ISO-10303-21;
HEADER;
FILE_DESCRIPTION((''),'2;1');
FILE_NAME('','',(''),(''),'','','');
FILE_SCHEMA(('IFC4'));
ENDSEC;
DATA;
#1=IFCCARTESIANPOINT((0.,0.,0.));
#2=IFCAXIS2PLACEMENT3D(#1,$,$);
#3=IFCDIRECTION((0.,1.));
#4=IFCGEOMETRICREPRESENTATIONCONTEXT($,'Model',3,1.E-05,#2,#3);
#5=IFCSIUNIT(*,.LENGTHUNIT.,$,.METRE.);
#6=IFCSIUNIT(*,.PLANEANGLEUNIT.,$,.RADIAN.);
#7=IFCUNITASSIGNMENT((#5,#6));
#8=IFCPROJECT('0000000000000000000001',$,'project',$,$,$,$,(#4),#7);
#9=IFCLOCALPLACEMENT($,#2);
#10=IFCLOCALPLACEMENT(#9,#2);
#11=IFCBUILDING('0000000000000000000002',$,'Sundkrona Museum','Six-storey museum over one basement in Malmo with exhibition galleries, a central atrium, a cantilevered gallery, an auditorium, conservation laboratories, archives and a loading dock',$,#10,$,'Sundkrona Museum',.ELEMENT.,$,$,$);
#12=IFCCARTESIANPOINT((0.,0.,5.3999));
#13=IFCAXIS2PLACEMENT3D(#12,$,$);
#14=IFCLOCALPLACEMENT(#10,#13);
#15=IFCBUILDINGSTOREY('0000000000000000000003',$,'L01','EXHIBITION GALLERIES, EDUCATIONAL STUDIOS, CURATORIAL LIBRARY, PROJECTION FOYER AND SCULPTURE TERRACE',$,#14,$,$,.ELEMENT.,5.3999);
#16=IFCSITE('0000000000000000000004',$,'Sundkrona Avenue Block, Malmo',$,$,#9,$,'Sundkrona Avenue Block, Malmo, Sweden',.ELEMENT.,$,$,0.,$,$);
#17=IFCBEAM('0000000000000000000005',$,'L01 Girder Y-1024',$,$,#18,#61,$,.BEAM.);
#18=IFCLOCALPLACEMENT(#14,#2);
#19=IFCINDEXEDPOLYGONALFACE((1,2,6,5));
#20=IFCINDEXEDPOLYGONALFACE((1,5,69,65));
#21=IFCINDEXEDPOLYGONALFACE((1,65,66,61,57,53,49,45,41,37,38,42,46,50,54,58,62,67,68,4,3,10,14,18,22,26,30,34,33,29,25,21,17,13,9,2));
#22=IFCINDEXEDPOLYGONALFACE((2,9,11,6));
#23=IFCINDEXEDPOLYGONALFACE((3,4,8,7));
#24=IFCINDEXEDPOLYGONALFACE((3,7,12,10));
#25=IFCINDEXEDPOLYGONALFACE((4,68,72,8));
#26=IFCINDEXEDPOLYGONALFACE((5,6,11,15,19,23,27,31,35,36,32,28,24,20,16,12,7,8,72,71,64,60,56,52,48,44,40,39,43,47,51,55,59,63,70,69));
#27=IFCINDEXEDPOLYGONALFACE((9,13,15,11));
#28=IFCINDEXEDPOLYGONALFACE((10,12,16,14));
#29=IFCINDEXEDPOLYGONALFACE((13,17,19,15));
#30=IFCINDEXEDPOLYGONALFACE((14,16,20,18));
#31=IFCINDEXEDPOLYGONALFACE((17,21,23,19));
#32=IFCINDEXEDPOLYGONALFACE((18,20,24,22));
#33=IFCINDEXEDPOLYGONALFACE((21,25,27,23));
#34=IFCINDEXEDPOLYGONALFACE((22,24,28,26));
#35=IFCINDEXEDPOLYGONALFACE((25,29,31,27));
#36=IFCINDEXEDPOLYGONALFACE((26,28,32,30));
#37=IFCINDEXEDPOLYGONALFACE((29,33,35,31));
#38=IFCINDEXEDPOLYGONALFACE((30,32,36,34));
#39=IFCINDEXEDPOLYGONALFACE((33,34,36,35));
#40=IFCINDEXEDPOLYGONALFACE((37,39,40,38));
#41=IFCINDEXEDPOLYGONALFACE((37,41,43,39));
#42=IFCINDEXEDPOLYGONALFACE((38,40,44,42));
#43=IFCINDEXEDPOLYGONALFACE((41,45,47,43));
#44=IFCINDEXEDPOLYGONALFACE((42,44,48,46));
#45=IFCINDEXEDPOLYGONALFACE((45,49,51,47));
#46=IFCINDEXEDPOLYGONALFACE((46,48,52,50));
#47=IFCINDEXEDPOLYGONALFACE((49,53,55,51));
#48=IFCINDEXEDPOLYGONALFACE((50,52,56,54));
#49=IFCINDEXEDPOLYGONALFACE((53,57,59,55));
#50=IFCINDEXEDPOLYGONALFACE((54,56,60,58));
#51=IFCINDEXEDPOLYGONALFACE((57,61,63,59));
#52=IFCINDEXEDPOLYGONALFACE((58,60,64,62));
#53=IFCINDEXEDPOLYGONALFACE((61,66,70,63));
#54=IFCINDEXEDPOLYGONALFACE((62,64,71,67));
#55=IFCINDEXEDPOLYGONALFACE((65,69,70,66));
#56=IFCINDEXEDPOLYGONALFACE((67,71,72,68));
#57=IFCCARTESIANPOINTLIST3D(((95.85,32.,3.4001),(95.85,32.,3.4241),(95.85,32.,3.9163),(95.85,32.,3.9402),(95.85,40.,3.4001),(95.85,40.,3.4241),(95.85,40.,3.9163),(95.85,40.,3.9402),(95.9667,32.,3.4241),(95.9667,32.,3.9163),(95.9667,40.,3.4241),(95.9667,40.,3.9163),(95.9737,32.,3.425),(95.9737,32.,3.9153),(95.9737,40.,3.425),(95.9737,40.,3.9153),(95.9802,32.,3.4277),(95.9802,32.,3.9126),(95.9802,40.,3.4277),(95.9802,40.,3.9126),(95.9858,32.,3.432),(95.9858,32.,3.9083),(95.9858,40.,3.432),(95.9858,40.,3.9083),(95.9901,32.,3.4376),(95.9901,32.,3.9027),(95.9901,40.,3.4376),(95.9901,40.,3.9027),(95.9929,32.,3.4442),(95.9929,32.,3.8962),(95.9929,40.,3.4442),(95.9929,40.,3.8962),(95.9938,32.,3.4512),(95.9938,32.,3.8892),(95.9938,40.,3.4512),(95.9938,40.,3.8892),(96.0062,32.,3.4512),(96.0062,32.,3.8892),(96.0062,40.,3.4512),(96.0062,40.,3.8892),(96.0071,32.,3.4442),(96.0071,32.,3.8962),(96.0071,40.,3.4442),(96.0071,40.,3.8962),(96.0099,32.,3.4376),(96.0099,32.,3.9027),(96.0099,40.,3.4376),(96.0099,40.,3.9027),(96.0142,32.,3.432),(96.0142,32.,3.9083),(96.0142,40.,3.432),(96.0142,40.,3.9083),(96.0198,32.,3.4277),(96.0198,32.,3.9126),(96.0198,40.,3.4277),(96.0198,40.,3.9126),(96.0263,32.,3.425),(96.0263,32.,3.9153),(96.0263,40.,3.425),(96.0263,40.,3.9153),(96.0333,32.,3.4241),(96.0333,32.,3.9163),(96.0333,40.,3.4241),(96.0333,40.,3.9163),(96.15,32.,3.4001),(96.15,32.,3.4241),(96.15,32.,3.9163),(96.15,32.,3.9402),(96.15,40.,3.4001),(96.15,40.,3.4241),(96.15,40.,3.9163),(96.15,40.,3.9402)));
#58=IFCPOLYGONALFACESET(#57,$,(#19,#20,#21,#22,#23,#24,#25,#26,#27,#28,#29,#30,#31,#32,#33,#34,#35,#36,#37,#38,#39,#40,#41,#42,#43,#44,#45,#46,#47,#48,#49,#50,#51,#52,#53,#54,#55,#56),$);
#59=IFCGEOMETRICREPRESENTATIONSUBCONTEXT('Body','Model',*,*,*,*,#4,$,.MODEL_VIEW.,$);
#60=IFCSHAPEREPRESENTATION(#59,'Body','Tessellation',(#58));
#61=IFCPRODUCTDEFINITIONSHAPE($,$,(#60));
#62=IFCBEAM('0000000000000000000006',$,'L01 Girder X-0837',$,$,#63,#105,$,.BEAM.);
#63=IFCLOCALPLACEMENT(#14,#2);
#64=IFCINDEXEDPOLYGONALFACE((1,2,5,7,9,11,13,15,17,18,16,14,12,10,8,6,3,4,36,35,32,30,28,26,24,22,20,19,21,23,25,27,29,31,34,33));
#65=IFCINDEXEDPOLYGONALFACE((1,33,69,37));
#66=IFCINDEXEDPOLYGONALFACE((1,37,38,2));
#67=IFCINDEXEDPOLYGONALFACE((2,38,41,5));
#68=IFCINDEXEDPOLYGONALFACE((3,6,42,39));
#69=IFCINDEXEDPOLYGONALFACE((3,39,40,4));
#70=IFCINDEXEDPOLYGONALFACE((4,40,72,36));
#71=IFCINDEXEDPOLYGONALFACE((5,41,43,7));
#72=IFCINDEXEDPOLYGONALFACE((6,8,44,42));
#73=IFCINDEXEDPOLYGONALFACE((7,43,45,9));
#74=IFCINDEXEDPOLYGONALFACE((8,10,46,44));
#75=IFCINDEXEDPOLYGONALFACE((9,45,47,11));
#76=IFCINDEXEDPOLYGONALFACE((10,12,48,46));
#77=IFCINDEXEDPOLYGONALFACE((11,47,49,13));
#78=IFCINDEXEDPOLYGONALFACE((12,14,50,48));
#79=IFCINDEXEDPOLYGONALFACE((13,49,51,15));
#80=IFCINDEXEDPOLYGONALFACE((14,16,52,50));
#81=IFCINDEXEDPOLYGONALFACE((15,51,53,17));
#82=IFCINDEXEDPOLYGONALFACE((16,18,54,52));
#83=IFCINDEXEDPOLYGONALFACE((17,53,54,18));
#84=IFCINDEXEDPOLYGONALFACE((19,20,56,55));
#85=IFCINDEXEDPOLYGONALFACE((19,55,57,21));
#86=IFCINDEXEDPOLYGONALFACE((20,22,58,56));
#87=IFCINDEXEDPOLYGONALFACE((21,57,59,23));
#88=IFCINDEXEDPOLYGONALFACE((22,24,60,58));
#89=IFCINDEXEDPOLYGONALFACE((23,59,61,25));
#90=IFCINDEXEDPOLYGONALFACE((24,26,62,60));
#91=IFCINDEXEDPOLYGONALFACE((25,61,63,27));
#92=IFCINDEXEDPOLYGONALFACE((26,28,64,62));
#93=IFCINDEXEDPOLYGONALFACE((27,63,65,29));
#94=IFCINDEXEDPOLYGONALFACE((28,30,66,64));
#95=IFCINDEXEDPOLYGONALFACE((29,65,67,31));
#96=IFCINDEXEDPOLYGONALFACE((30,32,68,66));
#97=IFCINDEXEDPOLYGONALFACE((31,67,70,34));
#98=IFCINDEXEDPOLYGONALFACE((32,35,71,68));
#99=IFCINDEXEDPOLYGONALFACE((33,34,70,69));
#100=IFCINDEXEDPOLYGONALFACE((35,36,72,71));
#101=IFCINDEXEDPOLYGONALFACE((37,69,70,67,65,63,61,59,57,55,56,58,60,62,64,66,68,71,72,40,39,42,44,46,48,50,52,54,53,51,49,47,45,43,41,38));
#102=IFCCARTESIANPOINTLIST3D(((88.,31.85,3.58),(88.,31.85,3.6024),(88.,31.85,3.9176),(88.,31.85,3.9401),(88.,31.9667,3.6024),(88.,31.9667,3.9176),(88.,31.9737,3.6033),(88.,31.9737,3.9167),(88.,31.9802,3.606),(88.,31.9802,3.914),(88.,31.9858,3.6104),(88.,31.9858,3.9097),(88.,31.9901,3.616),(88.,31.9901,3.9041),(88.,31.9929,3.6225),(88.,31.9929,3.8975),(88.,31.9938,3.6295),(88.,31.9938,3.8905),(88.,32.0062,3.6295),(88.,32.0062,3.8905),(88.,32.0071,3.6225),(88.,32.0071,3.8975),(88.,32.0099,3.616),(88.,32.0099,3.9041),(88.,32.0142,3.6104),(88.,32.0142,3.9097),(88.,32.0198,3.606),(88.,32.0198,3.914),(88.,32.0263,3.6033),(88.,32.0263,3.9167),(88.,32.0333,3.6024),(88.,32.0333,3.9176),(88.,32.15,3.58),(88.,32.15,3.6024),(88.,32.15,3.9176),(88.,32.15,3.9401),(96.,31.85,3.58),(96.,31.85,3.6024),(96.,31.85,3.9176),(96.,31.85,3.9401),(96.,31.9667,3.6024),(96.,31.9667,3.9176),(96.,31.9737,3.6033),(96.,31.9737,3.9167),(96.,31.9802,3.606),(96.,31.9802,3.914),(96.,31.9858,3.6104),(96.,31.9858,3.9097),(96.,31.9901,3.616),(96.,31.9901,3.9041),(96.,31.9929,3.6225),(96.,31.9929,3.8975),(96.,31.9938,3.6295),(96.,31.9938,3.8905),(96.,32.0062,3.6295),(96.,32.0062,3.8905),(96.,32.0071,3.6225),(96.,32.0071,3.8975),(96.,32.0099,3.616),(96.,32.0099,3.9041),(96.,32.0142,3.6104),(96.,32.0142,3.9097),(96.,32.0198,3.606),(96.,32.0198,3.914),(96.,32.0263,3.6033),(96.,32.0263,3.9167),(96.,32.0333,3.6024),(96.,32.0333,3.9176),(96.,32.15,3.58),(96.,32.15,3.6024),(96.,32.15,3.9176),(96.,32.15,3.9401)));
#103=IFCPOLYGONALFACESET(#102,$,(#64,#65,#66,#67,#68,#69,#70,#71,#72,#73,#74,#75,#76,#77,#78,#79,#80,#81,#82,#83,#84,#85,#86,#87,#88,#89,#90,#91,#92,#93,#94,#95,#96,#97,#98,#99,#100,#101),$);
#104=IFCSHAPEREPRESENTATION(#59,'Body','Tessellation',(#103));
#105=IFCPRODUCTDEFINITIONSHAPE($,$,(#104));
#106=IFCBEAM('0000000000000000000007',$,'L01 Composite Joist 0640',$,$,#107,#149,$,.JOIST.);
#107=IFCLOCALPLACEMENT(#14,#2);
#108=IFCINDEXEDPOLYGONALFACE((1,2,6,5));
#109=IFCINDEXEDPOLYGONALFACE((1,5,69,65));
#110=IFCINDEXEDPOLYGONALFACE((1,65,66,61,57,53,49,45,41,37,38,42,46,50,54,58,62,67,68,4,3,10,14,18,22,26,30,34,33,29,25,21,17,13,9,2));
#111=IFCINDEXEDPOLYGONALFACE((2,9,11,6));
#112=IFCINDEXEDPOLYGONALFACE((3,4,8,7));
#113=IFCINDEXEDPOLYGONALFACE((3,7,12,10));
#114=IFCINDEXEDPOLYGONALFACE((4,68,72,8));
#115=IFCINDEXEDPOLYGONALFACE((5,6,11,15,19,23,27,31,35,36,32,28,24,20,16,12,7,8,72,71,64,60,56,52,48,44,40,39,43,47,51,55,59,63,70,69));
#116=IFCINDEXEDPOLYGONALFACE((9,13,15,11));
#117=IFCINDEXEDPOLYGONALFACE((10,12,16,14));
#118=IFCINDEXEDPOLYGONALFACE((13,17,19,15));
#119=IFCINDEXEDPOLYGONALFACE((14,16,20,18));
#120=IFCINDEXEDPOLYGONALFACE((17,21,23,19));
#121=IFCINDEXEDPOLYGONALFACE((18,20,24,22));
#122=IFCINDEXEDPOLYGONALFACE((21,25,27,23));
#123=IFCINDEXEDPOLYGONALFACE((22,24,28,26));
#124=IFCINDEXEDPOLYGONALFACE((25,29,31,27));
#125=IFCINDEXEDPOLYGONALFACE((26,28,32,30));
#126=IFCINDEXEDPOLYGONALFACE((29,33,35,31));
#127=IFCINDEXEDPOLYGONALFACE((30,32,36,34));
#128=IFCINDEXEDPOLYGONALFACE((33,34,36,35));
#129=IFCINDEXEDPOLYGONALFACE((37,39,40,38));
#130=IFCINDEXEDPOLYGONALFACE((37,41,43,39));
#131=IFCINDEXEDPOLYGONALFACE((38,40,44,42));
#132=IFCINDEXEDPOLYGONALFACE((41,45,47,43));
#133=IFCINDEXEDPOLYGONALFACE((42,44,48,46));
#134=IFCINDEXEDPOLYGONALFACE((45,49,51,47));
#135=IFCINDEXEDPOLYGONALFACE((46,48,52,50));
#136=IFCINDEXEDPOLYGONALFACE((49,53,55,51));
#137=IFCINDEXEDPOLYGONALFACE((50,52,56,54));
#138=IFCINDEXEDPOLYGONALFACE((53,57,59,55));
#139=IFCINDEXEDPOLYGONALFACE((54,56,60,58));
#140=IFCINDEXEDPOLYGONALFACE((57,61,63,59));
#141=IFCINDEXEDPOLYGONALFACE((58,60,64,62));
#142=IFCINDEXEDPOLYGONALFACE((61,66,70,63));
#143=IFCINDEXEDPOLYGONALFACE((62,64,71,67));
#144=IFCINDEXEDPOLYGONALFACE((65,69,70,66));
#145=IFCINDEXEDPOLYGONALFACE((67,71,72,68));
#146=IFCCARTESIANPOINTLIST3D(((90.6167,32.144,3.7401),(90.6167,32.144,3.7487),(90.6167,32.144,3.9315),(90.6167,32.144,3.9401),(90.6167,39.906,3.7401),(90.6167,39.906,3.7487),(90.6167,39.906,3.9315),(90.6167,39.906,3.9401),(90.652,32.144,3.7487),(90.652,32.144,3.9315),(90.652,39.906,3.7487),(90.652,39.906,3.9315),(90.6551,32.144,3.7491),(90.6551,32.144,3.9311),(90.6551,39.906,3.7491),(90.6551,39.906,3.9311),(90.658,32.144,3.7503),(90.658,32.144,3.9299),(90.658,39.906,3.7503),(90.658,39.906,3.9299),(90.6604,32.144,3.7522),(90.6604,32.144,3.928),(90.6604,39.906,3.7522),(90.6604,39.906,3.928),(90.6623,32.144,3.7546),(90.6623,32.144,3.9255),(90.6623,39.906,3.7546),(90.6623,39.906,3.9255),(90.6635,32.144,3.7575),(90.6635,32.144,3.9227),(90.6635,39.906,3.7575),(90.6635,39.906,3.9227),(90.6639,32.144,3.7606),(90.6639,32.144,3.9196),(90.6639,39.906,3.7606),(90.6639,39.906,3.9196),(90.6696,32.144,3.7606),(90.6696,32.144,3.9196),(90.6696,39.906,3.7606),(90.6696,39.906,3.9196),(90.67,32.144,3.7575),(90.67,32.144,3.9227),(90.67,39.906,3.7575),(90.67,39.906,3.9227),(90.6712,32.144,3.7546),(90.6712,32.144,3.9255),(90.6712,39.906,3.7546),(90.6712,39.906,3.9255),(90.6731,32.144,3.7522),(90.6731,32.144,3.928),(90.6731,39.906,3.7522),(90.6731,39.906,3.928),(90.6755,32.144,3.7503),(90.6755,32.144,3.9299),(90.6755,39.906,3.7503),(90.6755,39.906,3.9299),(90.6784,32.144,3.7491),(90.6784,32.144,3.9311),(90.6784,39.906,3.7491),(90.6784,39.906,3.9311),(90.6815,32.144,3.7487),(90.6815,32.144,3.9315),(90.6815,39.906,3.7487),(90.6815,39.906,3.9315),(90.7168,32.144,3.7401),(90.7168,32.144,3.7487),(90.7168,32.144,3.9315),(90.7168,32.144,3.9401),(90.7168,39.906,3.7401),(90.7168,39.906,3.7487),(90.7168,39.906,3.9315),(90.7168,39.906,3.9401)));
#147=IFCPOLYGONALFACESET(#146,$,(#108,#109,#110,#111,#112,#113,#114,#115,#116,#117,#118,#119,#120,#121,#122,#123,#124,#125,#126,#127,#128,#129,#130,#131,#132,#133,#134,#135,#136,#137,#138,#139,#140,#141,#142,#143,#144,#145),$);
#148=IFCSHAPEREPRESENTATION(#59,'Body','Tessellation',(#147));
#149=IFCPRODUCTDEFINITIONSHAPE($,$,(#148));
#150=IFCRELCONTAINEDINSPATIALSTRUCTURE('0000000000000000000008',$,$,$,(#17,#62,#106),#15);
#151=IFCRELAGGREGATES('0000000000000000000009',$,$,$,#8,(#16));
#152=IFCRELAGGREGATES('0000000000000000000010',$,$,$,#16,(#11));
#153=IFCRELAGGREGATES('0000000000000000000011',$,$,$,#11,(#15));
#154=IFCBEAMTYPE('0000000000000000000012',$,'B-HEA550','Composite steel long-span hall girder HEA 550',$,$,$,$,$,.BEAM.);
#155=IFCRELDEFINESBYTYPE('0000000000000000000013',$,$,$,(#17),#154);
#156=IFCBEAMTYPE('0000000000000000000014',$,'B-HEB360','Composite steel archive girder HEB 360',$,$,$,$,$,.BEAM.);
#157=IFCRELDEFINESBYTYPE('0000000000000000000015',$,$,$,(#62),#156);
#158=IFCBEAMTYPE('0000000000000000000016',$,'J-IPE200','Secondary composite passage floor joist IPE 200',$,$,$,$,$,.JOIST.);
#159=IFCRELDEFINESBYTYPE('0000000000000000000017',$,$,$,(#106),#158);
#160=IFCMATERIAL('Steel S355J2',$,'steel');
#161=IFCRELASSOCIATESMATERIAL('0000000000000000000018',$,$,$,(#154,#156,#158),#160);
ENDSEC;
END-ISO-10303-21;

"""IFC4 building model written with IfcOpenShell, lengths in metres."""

from ifc_helpers import new_model, si_unit, direction, frame, origin, origin_2d, place, context, subcontext, project, spatial, i_section, extrude, material, material_profile, profile_set, type_object, element, save


model = new_model("IFC4")

# Units and contexts
model_context = context("Model", 3, precision=1e-05, world=origin(), true_north=direction((0.0, 1.0)))
body_context = subcontext(model_context, "Body", "Model", "MODEL_VIEW")
ifc_project = project(units=[si_unit("LENGTHUNIT", "METRE"), si_unit("PLANEANGLEUNIT", "RADIAN")], contexts=[model_context])

# Site, building, storey
site_placement = place(None, origin())
site = spatial("IfcSite", under=ifc_project, at=site_placement, Name="Sundkrona Avenue Block, Malmo", LongName="Sundkrona Avenue Block, Malmo, Sweden", CompositionType="ELEMENT", RefElevation=0.0)
building_placement = place(site_placement, origin())
building = spatial("IfcBuilding", under=site, at=building_placement, Name="Sundkrona Museum", Description="Six-storey museum over one basement in Malmo with exhibition galleries, a central atrium, a cantilevered gallery, an auditorium, conservation laboratories, archives and a loading dock", LongName="Sundkrona Museum", CompositionType="ELEMENT")
storey_placement = place(building_placement, frame((0.0, 0.0, 5.3999)))
storey = spatial("IfcBuildingStorey", under=building, at=storey_placement, Name="L01", Description="EXHIBITION GALLERIES, EDUCATIONAL STUDIOS, CURATORIAL LIBRARY, PROJECTION FOYER AND SCULPTURE TERRACE", CompositionType="ELEMENT", Elevation=5.3999)

# Shared definitions
ifc_material_1 = material(Name="Steel S355J2", Category="steel")

# Beams
ifc_material_profile_1 = material_profile(ifc_material_1, i_section(OverallWidth=0.3, OverallDepth=0.54, WebThickness=0.0125, FlangeThickness=0.0239, FilletRadius=0.0271, at=origin_2d()), Name="HEA 550")
ifc_profile_set_1 = profile_set([ifc_material_profile_1], Name="Steel S355J2")
beam_type_1 = type_object("IfcBeamType", Name="B-HEA550", Description="Composite steel long-span hall girder HEA 550", PredefinedType="BEAM", material=ifc_profile_set_1)
for number, where, z_axis, x_axis, name in (
    (1, (96.0, 32.0, 3.6702), (0.0, 1.0, 0.0), (-1.0, 0.0, 0.0), "L01 Girder Y-1024"),
):
    element("IfcBeam", number, at=place(storey_placement, frame(where, z_axis=z_axis, x_axis=x_axis)), inside=storey, type_object=beam_type_1, Name=name, PredefinedType="BEAM", context=body_context, shape_type="SweptSolid", body=[
        extrude(i_section(OverallWidth=0.3, OverallDepth=0.54, WebThickness=0.0125, FlangeThickness=0.0239, FilletRadius=0.0271, at=origin_2d()), origin(), (0.0, 0.0, 1.0), 8.0),
    ])
ifc_material_profile_2 = material_profile(ifc_material_1, i_section(OverallWidth=0.3, OverallDepth=0.3601, WebThickness=0.0125, FlangeThickness=0.0225, FilletRadius=0.0271, at=origin_2d()), Name="HEB 360")
ifc_profile_set_2 = profile_set([ifc_material_profile_2], Name="Steel S355J2")
beam_type_2 = type_object("IfcBeamType", Name="B-HEB360", Description="Composite steel archive girder HEB 360", PredefinedType="BEAM", material=ifc_profile_set_2)
beam_1_placement = place(storey_placement, frame((88.0, 32.0, 3.76), z_axis=(1.0, 0.0, 0.0), x_axis=(0.0, 1.0, 0.0)))
element("IfcBeam", 2, at=beam_1_placement, inside=storey, type_object=beam_type_2, Name="L01 Girder X-0837", PredefinedType="BEAM", context=body_context, shape_type="SweptSolid", body=[
    extrude(i_section(OverallWidth=0.3, OverallDepth=0.3601, WebThickness=0.0125, FlangeThickness=0.0225, FilletRadius=0.0271, at=origin_2d()), origin(), (0.0, 0.0, 1.0), 8.0),
])
ifc_material_profile_3 = material_profile(ifc_material_1, i_section(OverallWidth=0.1001, OverallDepth=0.2, WebThickness=0.0056, FlangeThickness=0.0085, FilletRadius=0.012, at=origin_2d()), Name="IPE 200")
ifc_profile_set_3 = profile_set([ifc_material_profile_3], Name="Steel S355J2")
beam_type_3 = type_object("IfcBeamType", Name="J-IPE200", Description="Secondary composite passage floor joist IPE 200", PredefinedType="JOIST", material=ifc_profile_set_3)
beam_2_placement = place(storey_placement, frame((90.6667, 32.144, 3.8401), z_axis=(0.0, 1.0, 0.0), x_axis=(-1.0, 0.0, 0.0)))
element("IfcBeam", 3, at=beam_2_placement, inside=storey, type_object=beam_type_3, Name="L01 Composite Joist 0640", PredefinedType="JOIST", context=body_context, shape_type="SweptSolid", body=[
    extrude(i_section(OverallWidth=0.1001, OverallDepth=0.2, WebThickness=0.0056, FlangeThickness=0.0085, FilletRadius=0.012, at=origin_2d()), origin(), (0.0, 0.0, 1.0), 7.762),
])

save(model, "model.ifc")
